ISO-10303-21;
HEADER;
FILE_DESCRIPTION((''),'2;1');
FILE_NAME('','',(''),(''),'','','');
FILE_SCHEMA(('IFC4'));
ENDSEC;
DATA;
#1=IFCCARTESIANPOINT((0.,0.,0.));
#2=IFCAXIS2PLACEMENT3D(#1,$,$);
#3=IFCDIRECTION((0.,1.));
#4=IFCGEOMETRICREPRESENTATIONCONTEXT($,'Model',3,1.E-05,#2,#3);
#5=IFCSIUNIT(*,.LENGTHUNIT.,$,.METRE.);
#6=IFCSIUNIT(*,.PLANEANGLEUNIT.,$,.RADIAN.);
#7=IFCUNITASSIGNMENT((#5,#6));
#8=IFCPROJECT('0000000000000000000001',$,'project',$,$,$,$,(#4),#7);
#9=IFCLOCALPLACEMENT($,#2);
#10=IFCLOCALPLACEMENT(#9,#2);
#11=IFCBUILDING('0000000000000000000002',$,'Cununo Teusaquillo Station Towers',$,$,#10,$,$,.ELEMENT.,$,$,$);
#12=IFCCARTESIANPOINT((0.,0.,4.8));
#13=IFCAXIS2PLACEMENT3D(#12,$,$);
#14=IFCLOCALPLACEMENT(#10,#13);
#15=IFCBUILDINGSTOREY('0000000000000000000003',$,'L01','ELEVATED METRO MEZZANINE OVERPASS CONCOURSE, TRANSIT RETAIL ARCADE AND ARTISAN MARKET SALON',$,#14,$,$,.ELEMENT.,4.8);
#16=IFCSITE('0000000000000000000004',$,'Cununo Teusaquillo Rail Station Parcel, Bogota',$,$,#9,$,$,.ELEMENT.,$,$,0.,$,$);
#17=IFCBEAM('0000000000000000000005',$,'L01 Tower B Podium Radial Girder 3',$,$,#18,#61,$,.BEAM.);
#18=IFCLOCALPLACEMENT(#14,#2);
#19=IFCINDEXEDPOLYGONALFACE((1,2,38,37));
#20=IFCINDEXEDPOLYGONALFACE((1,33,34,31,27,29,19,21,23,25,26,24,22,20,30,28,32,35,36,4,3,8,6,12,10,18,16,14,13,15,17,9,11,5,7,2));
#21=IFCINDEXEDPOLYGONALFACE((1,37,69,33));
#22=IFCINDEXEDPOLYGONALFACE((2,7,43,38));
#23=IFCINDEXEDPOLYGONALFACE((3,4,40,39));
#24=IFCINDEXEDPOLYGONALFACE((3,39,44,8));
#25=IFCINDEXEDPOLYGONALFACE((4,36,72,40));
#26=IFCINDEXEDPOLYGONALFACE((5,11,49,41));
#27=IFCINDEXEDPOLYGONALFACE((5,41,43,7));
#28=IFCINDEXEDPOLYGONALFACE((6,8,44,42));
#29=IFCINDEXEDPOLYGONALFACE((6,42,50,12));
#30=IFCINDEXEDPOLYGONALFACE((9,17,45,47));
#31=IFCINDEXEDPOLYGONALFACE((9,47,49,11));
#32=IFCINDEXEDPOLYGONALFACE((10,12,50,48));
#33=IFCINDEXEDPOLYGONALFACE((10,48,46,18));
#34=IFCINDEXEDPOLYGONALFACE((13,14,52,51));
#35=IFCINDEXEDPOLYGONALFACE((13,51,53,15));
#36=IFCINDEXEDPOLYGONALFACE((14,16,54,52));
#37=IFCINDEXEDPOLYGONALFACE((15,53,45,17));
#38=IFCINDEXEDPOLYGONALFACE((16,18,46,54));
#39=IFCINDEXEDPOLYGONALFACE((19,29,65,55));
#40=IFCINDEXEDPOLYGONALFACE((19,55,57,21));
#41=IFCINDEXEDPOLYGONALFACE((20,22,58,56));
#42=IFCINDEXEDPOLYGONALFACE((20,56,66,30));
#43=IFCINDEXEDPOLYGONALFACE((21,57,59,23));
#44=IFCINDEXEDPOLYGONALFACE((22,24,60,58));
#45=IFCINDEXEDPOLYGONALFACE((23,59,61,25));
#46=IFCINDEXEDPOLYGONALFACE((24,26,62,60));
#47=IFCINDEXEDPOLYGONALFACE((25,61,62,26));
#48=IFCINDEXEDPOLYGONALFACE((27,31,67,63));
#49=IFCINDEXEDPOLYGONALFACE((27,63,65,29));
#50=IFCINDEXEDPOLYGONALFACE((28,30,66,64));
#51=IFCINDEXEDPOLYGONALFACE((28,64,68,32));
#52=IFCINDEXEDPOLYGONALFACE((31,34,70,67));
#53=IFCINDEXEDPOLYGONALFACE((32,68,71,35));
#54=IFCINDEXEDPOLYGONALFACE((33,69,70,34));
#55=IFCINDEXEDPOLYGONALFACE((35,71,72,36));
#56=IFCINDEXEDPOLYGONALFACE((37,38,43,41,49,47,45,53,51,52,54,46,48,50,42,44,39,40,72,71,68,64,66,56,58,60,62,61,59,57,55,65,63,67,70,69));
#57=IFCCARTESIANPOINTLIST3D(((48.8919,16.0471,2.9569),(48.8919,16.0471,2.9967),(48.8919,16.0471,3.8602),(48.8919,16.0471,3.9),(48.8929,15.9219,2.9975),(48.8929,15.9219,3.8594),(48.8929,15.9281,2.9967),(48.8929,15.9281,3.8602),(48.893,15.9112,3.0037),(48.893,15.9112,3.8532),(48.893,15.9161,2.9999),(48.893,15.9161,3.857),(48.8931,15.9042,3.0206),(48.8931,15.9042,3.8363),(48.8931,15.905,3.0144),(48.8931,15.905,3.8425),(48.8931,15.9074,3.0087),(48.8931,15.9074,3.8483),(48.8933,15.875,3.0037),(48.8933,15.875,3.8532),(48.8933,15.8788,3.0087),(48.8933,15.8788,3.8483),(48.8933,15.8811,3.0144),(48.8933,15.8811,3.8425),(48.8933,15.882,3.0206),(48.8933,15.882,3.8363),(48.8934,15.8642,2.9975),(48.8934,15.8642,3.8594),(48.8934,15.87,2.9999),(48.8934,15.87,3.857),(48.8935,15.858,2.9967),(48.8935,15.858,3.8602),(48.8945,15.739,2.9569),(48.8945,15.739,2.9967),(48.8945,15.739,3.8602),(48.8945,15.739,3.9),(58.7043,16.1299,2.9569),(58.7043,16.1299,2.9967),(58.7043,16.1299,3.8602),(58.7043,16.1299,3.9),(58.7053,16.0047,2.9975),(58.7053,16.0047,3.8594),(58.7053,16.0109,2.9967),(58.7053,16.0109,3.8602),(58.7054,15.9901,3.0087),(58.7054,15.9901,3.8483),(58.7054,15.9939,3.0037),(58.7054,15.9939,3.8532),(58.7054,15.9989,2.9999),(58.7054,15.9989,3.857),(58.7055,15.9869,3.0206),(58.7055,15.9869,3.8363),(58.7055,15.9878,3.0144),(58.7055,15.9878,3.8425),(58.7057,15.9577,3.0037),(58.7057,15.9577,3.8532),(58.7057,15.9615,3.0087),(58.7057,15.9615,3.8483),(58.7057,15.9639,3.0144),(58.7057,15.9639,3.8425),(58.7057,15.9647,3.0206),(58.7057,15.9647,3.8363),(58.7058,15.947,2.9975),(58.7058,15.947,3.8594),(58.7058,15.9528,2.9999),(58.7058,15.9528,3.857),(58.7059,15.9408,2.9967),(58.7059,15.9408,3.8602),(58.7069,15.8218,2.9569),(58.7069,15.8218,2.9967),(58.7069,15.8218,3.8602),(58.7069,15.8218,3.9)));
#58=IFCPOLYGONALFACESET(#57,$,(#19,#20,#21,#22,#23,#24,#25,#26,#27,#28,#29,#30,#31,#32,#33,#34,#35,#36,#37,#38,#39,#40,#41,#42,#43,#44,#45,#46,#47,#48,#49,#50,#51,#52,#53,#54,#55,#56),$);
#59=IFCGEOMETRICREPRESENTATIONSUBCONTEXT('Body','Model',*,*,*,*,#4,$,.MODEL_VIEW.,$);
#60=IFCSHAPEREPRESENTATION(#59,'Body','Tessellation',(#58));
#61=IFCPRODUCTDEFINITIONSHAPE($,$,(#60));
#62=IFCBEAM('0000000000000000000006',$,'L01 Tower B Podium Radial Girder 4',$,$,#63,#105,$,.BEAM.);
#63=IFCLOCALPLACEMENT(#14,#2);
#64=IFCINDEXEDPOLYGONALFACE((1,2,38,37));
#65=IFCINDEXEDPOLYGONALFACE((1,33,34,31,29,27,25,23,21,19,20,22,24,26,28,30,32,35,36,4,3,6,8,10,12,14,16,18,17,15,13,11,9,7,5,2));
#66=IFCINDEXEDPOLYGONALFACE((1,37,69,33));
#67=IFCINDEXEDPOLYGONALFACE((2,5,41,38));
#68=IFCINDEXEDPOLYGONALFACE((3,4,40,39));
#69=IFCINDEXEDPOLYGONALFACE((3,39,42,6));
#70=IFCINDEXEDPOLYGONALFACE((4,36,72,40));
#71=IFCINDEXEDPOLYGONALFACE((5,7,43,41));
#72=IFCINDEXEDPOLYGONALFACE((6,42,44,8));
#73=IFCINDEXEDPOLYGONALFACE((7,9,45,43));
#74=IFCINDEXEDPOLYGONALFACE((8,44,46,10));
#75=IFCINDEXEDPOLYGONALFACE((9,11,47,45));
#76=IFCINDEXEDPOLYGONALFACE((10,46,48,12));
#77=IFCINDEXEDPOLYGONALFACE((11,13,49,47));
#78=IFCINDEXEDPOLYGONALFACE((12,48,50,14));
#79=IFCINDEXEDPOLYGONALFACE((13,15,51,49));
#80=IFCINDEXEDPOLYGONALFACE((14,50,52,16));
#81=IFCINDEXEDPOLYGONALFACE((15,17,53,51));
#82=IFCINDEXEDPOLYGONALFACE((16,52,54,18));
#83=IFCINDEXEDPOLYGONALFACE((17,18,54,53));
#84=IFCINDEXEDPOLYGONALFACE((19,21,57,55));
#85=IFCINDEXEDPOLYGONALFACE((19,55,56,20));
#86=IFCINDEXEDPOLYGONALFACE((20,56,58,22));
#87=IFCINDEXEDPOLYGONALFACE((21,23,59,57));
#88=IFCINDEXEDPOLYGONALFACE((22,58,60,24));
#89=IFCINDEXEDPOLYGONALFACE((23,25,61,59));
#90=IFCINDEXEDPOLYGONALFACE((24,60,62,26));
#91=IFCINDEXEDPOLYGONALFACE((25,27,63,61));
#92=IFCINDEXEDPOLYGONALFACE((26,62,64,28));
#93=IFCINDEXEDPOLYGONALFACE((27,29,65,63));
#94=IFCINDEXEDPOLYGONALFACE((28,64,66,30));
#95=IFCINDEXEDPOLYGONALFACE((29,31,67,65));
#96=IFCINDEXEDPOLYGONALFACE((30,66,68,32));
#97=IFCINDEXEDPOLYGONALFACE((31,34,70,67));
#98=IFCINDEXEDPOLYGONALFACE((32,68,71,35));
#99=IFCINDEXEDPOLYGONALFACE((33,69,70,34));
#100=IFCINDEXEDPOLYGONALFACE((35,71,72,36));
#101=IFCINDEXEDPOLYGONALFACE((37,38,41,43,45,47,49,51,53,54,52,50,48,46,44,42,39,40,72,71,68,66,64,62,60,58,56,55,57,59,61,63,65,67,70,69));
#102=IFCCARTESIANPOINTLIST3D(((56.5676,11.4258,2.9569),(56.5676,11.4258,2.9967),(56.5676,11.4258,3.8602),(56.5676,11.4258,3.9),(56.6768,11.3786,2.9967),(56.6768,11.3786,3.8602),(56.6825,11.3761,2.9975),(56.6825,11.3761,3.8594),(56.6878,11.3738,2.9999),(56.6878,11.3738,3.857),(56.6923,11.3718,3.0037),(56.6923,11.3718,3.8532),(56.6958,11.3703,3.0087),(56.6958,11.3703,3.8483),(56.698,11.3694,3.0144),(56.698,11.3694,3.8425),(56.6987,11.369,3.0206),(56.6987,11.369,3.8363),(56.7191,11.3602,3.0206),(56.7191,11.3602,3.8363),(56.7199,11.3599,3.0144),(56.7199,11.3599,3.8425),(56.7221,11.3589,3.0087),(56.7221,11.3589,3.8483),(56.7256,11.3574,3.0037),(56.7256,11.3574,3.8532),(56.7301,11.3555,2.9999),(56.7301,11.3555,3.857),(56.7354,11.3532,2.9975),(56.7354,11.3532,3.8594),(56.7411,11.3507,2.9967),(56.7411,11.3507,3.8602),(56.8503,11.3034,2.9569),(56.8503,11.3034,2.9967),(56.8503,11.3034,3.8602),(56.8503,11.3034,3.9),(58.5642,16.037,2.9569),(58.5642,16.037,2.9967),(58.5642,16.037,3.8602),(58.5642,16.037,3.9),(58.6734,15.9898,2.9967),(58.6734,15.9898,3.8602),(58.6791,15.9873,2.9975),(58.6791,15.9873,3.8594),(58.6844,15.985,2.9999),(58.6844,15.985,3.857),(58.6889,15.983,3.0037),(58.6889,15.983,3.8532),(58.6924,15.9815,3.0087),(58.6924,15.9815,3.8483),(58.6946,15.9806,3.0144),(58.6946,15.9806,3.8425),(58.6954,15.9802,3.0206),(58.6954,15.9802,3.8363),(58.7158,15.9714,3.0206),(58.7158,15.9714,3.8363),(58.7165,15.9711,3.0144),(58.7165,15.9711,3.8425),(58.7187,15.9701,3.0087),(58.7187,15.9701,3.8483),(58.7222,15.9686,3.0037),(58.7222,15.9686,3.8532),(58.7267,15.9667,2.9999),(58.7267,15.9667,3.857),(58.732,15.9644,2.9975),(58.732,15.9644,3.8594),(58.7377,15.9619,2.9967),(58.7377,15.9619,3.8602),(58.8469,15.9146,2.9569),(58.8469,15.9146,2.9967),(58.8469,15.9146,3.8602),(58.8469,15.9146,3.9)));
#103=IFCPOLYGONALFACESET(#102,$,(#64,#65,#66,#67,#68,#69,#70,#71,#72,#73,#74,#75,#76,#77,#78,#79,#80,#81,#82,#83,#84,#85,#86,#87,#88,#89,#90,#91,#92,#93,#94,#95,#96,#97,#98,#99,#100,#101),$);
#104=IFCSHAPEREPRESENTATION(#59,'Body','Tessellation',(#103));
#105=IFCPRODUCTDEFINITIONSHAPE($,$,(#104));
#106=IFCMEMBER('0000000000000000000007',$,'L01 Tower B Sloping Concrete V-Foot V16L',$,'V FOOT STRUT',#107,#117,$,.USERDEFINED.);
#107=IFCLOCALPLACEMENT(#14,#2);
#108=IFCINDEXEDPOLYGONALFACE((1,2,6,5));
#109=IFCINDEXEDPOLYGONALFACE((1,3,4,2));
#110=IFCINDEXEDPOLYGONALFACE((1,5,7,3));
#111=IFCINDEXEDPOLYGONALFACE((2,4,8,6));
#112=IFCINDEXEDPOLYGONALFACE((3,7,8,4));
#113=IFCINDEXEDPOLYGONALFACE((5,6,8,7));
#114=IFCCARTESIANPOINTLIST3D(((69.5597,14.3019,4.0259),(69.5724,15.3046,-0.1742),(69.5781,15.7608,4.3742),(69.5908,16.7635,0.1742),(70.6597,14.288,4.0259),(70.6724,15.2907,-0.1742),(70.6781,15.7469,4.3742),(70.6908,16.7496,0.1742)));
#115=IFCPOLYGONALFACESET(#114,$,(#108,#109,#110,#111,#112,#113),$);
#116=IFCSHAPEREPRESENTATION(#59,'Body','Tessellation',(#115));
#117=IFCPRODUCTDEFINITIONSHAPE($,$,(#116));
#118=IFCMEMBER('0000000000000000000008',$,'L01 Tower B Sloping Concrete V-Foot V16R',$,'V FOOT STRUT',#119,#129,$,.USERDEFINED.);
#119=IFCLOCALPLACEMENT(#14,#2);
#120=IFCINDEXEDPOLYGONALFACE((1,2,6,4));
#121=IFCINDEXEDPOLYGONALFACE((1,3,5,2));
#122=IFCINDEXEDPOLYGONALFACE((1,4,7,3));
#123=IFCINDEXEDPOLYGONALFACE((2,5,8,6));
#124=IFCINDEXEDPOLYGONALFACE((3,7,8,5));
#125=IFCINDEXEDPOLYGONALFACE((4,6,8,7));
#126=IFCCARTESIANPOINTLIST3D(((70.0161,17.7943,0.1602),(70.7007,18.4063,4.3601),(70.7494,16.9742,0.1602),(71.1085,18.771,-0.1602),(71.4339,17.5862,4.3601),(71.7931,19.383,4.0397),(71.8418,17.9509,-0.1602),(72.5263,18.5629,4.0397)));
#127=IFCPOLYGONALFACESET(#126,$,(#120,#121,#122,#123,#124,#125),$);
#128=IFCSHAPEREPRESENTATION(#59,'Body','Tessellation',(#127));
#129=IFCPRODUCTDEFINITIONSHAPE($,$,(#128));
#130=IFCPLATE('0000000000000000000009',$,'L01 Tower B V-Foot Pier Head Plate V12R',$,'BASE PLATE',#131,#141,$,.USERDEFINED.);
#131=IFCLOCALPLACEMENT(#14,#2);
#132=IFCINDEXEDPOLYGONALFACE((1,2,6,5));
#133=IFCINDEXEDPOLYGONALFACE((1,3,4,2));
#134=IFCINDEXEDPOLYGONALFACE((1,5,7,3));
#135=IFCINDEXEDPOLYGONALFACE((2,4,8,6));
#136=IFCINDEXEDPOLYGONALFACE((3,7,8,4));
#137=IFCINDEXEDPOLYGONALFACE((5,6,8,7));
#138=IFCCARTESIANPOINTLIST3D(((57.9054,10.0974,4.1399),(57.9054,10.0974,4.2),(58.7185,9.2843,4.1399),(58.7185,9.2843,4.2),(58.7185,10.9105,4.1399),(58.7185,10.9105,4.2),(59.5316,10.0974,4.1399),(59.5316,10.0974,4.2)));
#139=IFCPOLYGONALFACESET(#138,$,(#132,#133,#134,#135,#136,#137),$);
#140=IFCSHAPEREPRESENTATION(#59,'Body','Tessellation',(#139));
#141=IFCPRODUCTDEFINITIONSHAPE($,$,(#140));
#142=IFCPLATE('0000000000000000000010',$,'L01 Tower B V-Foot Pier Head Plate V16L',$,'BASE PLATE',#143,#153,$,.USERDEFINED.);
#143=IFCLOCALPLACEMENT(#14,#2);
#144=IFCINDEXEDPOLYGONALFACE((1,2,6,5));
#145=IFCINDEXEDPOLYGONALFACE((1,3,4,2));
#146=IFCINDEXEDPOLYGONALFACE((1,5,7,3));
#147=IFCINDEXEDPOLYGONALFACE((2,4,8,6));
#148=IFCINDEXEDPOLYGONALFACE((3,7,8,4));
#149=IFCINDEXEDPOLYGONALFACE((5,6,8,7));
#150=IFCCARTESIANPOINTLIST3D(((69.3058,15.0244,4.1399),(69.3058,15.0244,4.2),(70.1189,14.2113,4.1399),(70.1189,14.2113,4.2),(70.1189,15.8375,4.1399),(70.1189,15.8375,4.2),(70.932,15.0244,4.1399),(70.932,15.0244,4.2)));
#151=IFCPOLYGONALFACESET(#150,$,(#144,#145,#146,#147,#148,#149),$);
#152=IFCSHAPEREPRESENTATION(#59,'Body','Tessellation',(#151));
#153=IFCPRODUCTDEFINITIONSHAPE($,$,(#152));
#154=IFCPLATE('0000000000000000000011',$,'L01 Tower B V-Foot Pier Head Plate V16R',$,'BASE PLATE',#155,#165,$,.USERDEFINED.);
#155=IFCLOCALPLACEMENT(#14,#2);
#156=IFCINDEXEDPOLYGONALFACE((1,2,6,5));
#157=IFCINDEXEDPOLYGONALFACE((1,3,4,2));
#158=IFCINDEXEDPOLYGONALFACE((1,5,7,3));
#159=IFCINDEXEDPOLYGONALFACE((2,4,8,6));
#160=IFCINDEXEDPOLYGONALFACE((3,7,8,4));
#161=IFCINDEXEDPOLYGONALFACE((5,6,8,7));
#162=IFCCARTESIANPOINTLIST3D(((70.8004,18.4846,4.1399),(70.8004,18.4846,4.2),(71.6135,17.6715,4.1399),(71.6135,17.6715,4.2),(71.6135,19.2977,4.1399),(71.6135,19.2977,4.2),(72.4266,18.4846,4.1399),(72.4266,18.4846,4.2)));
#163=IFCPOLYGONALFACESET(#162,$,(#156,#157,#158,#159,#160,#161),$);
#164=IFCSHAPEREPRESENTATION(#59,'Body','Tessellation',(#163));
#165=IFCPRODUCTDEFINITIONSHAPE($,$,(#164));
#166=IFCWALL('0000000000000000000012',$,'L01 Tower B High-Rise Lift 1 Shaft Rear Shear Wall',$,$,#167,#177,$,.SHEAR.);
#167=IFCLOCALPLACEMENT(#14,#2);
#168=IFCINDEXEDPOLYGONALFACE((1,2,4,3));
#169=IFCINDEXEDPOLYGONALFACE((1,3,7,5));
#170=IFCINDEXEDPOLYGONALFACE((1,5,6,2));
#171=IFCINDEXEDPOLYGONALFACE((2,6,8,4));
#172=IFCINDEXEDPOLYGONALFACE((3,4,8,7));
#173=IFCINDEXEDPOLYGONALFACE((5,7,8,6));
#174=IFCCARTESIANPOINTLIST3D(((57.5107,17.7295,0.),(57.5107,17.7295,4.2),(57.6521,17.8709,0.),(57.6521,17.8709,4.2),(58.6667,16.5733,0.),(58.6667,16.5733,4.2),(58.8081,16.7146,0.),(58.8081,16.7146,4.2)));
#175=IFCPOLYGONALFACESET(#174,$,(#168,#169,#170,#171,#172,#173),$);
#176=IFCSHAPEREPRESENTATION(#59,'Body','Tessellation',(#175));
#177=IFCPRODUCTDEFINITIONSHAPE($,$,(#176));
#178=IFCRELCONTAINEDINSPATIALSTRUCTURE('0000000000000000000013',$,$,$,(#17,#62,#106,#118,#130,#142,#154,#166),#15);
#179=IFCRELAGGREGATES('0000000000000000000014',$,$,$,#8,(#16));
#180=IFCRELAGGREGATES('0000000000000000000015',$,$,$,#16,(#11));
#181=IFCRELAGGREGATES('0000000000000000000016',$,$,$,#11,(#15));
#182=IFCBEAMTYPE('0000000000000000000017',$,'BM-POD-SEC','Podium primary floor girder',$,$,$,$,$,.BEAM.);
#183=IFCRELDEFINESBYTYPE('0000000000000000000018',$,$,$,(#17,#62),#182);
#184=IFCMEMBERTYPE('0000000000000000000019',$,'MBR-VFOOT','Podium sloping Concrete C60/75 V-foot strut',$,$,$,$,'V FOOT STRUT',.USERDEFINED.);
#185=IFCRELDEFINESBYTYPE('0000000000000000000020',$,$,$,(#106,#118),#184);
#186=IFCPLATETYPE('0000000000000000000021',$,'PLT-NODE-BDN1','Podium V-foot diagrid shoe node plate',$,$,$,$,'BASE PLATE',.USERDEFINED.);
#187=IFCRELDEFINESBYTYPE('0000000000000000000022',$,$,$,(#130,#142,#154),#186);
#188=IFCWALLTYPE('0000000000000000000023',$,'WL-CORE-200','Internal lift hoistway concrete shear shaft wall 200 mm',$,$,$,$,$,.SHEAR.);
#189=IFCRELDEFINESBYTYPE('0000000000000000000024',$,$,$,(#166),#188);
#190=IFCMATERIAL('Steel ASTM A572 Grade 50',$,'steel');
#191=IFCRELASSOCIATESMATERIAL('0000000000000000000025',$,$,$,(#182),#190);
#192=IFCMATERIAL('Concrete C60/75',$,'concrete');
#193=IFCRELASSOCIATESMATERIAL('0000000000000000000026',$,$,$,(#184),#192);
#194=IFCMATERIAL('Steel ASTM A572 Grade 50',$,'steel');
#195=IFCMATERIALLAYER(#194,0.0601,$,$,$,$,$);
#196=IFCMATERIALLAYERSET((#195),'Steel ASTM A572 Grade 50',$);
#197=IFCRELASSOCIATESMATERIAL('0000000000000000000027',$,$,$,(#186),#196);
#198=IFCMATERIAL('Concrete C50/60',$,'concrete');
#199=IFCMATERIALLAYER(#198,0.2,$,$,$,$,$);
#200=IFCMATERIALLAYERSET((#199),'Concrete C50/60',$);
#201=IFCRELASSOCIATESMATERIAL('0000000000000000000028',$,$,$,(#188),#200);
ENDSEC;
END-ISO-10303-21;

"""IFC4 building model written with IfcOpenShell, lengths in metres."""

from ifc_helpers import new_model, si_unit, direction, frame, frame_2d, origin, origin_2d, place, context, subcontext, project, spatial, rectangle, i_section, extrude, source, transform, mapped, material, layer, layer_set, material_profile, profile_set, type_object, element, save


model = new_model("IFC4")

# Units and contexts
model_context = context("Model", 3, precision=1e-05, world=origin(), true_north=direction((0.0, 1.0)))
body_context = subcontext(model_context, "Body", "Model", "MODEL_VIEW")
ifc_project = project(units=[si_unit("LENGTHUNIT", "METRE"), si_unit("PLANEANGLEUNIT", "RADIAN")], contexts=[model_context])

# Site, building, storey
site_placement = place(None, origin())
site = spatial("IfcSite", under=ifc_project, at=site_placement, Name="Cununo Teusaquillo Rail Station Parcel, Bogota", CompositionType="ELEMENT", RefElevation=0.0)
building_placement = place(site_placement, origin())
building = spatial("IfcBuilding", under=site, at=building_placement, Name="Cununo Teusaquillo Station Towers", CompositionType="ELEMENT")
storey_placement = place(building_placement, frame((0.0, 0.0, 4.8)))
storey = spatial("IfcBuildingStorey", under=building, at=storey_placement, Name="L01", Description="ELEVATED METRO MEZZANINE OVERPASS CONCOURSE, TRANSIT RETAIL ARCADE AND ARTISAN MARKET SALON", CompositionType="ELEMENT", Elevation=4.8)

# Beams
ifc_material_1 = material(Name="Steel ASTM A572 Grade 50", Category="steel")
ifc_material_profile_1 = material_profile(ifc_material_1, i_section(OverallWidth=0.3081, OverallDepth=0.9431, WebThickness=0.0222, FlangeThickness=0.0398, FilletRadius=0.0239, at=origin_2d()), Name="W36X232")
ifc_profile_set_1 = profile_set([ifc_material_profile_1], Name="Steel ASTM A572 Grade 50")
beam_type_1 = type_object("IfcBeamType", Name="BM-POD-SEC", Description="Podium primary floor girder", PredefinedType="BEAM", material=ifc_profile_set_1)
beam_1_placement = place(storey_placement, frame((58.7056, 15.9758, 3.4285), z_axis=(-0.999964, -0.008434, 0.0), x_axis=(0.008434, -0.999964, 0.0)))
element("IfcBeam", 1, at=beam_1_placement, inside=storey, type_object=beam_type_1, Name="L01 Tower B Podium Radial Girder 3", PredefinedType="BEAM", context=body_context, shape_type="SweptSolid", body=[
    extrude(i_section(OverallWidth=0.3081, OverallDepth=0.9431, WebThickness=0.0222, FlangeThickness=0.0398, FilletRadius=0.0239, at=origin_2d()), origin(), (0.0, 0.0, 1.0), 9.8127),
])
beam_2_placement = place(storey_placement, frame((58.7056, 15.9758, 3.4285), z_axis=(-0.397347, -0.917668, 0.0), x_axis=(0.917668, -0.397347, 0.0)))
element("IfcBeam", 2, at=beam_2_placement, inside=storey, type_object=beam_type_1, Name="L01 Tower B Podium Radial Girder 4", PredefinedType="BEAM", context=body_context, shape_type="SweptSolid", body=[
    extrude(i_section(OverallWidth=0.3081, OverallDepth=0.9431, WebThickness=0.0222, FlangeThickness=0.0398, FilletRadius=0.0239, at=origin_2d()), origin(), (0.0, 0.0, 1.0), 5.0249),
])

# Members
ifc_material_2 = material(Name="Concrete C60/75", Category="concrete")
ifc_material_profile_2 = material_profile(ifc_material_2, rectangle(XDim=1.1001, YDim=1.5, at=origin_2d()), Name="RC-RECT-1500x1100")
ifc_profile_set_2 = profile_set([ifc_material_profile_2], Name="Concrete C60/75")
member_type = type_object("IfcMemberType", Name="MBR-VFOOT", Description="Podium sloping Concrete C60/75 V-foot strut", ElementType="V FOOT STRUT", PredefinedType="USERDEFINED", material=ifc_profile_set_2)
member_1_placement = place(storey_placement, frame((70.1316, 16.0271, 0.0), z_axis=(-0.00294, -0.232211, 0.972661), x_axis=(0.99992, -0.01266, 0.0)))
element("IfcMember", 3, at=member_1_placement, inside=storey, type_object=member_type, Name="L01 Tower B Sloping Concrete V-Foot V16L", ObjectType="V FOOT STRUT", PredefinedType="USERDEFINED", context=body_context, shape_type="SweptSolid", body=[
    extrude(rectangle(XDim=1.1001, YDim=1.5, at=origin_2d()), origin(), (0.0, 0.0, 1.0), 4.3181),
])
member_2_placement = place(storey_placement, frame((70.929, 17.8726, 0.0), z_axis=(0.159233, 0.142367, 0.976922), x_axis=(-0.666523, 0.745485, 0.0)))
element("IfcMember", 4, at=member_2_placement, inside=storey, type_object=member_type, Name="L01 Tower B Sloping Concrete V-Foot V16R", ObjectType="V FOOT STRUT", PredefinedType="USERDEFINED", context=body_context, shape_type="SweptSolid", body=[
    extrude(rectangle(XDim=1.1001, YDim=1.5, at=origin_2d()), origin(), (0.0, 0.0, 1.0), 4.2991),
])

# Plates
ifc_material_3 = material(Name="Steel ASTM A572 Grade 50", Category="steel")
ifc_layer_1 = layer(ifc_material_3, 0.0601)
ifc_layer_set_1 = layer_set([ifc_layer_1], Name="Steel ASTM A572 Grade 50")
plate_type = type_object("IfcPlateType", Name="PLT-NODE-BDN1", Description="Podium V-foot diagrid shoe node plate", ElementType="BASE PLATE", PredefinedType="USERDEFINED", material=ifc_layer_set_1)
shared_shape_1 = source(origin(), body_context, "Body", "SweptSolid", [
    extrude(rectangle(XDim=1.1499, YDim=1.1499, at=origin_2d()), origin(), (0.0, 0.0, 1.0), 0.0601),
])
for number, where, z_axis, x_axis, name in (
    (5, (58.7185, 10.0974, 4.1399), (0.0, 0.0, 1.0), (0.707107, 0.707107, 0.0), "L01 Tower B V-Foot Pier Head Plate V12R"),
    (6, (70.1189, 15.0244, 4.1399), (0.0, 0.0, 1.0), (0.707107, 0.707107, 0.0), "L01 Tower B V-Foot Pier Head Plate V16L"),
    (7, (71.6135, 18.4846, 4.1399), (0.0, 0.0, 1.0), (0.707107, 0.707107, 0.0), "L01 Tower B V-Foot Pier Head Plate V16R"),
):
    element("IfcPlate", number, at=place(storey_placement, frame(where, z_axis=z_axis, x_axis=x_axis)), inside=storey, type_object=plate_type, Name=name, ObjectType="BASE PLATE", PredefinedType="USERDEFINED", context=body_context, shape_type="MappedRepresentation", body=[
        mapped(shared_shape_1, transform((0.0, 0.0, 0.0), x_axis=(1.0, 0.0, 0.0), y_axis=(0.0, 1.0, 0.0), z_axis=(0.0, 0.0, 1.0), scale=1.0)),
    ])

# Wall
ifc_material_4 = material(Name="Concrete C50/60", Category="concrete")
ifc_layer_2 = layer(ifc_material_4, 0.2)
ifc_layer_set_2 = layer_set([ifc_layer_2], Name="Concrete C50/60")
wall_type_1 = type_object("IfcWallType", Name="WL-CORE-200", Description="Internal lift hoistway concrete shear shaft wall 200 mm", PredefinedType="SHEAR", material=ifc_layer_set_2)
wall_1_placement = place(storey_placement, frame((58.7373, 16.644, 0.0), z_axis=(0.0, 0.0, 1.0), x_axis=(-0.707032, 0.707181, 0.0)))
element("IfcWall", 8, at=wall_1_placement, inside=storey, type_object=wall_type_1, Name="L01 Tower B High-Rise Lift 1 Shaft Rear Shear Wall", PredefinedType="SHEAR", context=body_context, shape_type="SweptSolid", body=[
    extrude(rectangle(XDim=1.635, YDim=0.2, at=frame_2d((0.8174, 0.0))), origin(), (0.0, 0.0, 1.0), 4.2),
])

save(model, "model.ifc")
